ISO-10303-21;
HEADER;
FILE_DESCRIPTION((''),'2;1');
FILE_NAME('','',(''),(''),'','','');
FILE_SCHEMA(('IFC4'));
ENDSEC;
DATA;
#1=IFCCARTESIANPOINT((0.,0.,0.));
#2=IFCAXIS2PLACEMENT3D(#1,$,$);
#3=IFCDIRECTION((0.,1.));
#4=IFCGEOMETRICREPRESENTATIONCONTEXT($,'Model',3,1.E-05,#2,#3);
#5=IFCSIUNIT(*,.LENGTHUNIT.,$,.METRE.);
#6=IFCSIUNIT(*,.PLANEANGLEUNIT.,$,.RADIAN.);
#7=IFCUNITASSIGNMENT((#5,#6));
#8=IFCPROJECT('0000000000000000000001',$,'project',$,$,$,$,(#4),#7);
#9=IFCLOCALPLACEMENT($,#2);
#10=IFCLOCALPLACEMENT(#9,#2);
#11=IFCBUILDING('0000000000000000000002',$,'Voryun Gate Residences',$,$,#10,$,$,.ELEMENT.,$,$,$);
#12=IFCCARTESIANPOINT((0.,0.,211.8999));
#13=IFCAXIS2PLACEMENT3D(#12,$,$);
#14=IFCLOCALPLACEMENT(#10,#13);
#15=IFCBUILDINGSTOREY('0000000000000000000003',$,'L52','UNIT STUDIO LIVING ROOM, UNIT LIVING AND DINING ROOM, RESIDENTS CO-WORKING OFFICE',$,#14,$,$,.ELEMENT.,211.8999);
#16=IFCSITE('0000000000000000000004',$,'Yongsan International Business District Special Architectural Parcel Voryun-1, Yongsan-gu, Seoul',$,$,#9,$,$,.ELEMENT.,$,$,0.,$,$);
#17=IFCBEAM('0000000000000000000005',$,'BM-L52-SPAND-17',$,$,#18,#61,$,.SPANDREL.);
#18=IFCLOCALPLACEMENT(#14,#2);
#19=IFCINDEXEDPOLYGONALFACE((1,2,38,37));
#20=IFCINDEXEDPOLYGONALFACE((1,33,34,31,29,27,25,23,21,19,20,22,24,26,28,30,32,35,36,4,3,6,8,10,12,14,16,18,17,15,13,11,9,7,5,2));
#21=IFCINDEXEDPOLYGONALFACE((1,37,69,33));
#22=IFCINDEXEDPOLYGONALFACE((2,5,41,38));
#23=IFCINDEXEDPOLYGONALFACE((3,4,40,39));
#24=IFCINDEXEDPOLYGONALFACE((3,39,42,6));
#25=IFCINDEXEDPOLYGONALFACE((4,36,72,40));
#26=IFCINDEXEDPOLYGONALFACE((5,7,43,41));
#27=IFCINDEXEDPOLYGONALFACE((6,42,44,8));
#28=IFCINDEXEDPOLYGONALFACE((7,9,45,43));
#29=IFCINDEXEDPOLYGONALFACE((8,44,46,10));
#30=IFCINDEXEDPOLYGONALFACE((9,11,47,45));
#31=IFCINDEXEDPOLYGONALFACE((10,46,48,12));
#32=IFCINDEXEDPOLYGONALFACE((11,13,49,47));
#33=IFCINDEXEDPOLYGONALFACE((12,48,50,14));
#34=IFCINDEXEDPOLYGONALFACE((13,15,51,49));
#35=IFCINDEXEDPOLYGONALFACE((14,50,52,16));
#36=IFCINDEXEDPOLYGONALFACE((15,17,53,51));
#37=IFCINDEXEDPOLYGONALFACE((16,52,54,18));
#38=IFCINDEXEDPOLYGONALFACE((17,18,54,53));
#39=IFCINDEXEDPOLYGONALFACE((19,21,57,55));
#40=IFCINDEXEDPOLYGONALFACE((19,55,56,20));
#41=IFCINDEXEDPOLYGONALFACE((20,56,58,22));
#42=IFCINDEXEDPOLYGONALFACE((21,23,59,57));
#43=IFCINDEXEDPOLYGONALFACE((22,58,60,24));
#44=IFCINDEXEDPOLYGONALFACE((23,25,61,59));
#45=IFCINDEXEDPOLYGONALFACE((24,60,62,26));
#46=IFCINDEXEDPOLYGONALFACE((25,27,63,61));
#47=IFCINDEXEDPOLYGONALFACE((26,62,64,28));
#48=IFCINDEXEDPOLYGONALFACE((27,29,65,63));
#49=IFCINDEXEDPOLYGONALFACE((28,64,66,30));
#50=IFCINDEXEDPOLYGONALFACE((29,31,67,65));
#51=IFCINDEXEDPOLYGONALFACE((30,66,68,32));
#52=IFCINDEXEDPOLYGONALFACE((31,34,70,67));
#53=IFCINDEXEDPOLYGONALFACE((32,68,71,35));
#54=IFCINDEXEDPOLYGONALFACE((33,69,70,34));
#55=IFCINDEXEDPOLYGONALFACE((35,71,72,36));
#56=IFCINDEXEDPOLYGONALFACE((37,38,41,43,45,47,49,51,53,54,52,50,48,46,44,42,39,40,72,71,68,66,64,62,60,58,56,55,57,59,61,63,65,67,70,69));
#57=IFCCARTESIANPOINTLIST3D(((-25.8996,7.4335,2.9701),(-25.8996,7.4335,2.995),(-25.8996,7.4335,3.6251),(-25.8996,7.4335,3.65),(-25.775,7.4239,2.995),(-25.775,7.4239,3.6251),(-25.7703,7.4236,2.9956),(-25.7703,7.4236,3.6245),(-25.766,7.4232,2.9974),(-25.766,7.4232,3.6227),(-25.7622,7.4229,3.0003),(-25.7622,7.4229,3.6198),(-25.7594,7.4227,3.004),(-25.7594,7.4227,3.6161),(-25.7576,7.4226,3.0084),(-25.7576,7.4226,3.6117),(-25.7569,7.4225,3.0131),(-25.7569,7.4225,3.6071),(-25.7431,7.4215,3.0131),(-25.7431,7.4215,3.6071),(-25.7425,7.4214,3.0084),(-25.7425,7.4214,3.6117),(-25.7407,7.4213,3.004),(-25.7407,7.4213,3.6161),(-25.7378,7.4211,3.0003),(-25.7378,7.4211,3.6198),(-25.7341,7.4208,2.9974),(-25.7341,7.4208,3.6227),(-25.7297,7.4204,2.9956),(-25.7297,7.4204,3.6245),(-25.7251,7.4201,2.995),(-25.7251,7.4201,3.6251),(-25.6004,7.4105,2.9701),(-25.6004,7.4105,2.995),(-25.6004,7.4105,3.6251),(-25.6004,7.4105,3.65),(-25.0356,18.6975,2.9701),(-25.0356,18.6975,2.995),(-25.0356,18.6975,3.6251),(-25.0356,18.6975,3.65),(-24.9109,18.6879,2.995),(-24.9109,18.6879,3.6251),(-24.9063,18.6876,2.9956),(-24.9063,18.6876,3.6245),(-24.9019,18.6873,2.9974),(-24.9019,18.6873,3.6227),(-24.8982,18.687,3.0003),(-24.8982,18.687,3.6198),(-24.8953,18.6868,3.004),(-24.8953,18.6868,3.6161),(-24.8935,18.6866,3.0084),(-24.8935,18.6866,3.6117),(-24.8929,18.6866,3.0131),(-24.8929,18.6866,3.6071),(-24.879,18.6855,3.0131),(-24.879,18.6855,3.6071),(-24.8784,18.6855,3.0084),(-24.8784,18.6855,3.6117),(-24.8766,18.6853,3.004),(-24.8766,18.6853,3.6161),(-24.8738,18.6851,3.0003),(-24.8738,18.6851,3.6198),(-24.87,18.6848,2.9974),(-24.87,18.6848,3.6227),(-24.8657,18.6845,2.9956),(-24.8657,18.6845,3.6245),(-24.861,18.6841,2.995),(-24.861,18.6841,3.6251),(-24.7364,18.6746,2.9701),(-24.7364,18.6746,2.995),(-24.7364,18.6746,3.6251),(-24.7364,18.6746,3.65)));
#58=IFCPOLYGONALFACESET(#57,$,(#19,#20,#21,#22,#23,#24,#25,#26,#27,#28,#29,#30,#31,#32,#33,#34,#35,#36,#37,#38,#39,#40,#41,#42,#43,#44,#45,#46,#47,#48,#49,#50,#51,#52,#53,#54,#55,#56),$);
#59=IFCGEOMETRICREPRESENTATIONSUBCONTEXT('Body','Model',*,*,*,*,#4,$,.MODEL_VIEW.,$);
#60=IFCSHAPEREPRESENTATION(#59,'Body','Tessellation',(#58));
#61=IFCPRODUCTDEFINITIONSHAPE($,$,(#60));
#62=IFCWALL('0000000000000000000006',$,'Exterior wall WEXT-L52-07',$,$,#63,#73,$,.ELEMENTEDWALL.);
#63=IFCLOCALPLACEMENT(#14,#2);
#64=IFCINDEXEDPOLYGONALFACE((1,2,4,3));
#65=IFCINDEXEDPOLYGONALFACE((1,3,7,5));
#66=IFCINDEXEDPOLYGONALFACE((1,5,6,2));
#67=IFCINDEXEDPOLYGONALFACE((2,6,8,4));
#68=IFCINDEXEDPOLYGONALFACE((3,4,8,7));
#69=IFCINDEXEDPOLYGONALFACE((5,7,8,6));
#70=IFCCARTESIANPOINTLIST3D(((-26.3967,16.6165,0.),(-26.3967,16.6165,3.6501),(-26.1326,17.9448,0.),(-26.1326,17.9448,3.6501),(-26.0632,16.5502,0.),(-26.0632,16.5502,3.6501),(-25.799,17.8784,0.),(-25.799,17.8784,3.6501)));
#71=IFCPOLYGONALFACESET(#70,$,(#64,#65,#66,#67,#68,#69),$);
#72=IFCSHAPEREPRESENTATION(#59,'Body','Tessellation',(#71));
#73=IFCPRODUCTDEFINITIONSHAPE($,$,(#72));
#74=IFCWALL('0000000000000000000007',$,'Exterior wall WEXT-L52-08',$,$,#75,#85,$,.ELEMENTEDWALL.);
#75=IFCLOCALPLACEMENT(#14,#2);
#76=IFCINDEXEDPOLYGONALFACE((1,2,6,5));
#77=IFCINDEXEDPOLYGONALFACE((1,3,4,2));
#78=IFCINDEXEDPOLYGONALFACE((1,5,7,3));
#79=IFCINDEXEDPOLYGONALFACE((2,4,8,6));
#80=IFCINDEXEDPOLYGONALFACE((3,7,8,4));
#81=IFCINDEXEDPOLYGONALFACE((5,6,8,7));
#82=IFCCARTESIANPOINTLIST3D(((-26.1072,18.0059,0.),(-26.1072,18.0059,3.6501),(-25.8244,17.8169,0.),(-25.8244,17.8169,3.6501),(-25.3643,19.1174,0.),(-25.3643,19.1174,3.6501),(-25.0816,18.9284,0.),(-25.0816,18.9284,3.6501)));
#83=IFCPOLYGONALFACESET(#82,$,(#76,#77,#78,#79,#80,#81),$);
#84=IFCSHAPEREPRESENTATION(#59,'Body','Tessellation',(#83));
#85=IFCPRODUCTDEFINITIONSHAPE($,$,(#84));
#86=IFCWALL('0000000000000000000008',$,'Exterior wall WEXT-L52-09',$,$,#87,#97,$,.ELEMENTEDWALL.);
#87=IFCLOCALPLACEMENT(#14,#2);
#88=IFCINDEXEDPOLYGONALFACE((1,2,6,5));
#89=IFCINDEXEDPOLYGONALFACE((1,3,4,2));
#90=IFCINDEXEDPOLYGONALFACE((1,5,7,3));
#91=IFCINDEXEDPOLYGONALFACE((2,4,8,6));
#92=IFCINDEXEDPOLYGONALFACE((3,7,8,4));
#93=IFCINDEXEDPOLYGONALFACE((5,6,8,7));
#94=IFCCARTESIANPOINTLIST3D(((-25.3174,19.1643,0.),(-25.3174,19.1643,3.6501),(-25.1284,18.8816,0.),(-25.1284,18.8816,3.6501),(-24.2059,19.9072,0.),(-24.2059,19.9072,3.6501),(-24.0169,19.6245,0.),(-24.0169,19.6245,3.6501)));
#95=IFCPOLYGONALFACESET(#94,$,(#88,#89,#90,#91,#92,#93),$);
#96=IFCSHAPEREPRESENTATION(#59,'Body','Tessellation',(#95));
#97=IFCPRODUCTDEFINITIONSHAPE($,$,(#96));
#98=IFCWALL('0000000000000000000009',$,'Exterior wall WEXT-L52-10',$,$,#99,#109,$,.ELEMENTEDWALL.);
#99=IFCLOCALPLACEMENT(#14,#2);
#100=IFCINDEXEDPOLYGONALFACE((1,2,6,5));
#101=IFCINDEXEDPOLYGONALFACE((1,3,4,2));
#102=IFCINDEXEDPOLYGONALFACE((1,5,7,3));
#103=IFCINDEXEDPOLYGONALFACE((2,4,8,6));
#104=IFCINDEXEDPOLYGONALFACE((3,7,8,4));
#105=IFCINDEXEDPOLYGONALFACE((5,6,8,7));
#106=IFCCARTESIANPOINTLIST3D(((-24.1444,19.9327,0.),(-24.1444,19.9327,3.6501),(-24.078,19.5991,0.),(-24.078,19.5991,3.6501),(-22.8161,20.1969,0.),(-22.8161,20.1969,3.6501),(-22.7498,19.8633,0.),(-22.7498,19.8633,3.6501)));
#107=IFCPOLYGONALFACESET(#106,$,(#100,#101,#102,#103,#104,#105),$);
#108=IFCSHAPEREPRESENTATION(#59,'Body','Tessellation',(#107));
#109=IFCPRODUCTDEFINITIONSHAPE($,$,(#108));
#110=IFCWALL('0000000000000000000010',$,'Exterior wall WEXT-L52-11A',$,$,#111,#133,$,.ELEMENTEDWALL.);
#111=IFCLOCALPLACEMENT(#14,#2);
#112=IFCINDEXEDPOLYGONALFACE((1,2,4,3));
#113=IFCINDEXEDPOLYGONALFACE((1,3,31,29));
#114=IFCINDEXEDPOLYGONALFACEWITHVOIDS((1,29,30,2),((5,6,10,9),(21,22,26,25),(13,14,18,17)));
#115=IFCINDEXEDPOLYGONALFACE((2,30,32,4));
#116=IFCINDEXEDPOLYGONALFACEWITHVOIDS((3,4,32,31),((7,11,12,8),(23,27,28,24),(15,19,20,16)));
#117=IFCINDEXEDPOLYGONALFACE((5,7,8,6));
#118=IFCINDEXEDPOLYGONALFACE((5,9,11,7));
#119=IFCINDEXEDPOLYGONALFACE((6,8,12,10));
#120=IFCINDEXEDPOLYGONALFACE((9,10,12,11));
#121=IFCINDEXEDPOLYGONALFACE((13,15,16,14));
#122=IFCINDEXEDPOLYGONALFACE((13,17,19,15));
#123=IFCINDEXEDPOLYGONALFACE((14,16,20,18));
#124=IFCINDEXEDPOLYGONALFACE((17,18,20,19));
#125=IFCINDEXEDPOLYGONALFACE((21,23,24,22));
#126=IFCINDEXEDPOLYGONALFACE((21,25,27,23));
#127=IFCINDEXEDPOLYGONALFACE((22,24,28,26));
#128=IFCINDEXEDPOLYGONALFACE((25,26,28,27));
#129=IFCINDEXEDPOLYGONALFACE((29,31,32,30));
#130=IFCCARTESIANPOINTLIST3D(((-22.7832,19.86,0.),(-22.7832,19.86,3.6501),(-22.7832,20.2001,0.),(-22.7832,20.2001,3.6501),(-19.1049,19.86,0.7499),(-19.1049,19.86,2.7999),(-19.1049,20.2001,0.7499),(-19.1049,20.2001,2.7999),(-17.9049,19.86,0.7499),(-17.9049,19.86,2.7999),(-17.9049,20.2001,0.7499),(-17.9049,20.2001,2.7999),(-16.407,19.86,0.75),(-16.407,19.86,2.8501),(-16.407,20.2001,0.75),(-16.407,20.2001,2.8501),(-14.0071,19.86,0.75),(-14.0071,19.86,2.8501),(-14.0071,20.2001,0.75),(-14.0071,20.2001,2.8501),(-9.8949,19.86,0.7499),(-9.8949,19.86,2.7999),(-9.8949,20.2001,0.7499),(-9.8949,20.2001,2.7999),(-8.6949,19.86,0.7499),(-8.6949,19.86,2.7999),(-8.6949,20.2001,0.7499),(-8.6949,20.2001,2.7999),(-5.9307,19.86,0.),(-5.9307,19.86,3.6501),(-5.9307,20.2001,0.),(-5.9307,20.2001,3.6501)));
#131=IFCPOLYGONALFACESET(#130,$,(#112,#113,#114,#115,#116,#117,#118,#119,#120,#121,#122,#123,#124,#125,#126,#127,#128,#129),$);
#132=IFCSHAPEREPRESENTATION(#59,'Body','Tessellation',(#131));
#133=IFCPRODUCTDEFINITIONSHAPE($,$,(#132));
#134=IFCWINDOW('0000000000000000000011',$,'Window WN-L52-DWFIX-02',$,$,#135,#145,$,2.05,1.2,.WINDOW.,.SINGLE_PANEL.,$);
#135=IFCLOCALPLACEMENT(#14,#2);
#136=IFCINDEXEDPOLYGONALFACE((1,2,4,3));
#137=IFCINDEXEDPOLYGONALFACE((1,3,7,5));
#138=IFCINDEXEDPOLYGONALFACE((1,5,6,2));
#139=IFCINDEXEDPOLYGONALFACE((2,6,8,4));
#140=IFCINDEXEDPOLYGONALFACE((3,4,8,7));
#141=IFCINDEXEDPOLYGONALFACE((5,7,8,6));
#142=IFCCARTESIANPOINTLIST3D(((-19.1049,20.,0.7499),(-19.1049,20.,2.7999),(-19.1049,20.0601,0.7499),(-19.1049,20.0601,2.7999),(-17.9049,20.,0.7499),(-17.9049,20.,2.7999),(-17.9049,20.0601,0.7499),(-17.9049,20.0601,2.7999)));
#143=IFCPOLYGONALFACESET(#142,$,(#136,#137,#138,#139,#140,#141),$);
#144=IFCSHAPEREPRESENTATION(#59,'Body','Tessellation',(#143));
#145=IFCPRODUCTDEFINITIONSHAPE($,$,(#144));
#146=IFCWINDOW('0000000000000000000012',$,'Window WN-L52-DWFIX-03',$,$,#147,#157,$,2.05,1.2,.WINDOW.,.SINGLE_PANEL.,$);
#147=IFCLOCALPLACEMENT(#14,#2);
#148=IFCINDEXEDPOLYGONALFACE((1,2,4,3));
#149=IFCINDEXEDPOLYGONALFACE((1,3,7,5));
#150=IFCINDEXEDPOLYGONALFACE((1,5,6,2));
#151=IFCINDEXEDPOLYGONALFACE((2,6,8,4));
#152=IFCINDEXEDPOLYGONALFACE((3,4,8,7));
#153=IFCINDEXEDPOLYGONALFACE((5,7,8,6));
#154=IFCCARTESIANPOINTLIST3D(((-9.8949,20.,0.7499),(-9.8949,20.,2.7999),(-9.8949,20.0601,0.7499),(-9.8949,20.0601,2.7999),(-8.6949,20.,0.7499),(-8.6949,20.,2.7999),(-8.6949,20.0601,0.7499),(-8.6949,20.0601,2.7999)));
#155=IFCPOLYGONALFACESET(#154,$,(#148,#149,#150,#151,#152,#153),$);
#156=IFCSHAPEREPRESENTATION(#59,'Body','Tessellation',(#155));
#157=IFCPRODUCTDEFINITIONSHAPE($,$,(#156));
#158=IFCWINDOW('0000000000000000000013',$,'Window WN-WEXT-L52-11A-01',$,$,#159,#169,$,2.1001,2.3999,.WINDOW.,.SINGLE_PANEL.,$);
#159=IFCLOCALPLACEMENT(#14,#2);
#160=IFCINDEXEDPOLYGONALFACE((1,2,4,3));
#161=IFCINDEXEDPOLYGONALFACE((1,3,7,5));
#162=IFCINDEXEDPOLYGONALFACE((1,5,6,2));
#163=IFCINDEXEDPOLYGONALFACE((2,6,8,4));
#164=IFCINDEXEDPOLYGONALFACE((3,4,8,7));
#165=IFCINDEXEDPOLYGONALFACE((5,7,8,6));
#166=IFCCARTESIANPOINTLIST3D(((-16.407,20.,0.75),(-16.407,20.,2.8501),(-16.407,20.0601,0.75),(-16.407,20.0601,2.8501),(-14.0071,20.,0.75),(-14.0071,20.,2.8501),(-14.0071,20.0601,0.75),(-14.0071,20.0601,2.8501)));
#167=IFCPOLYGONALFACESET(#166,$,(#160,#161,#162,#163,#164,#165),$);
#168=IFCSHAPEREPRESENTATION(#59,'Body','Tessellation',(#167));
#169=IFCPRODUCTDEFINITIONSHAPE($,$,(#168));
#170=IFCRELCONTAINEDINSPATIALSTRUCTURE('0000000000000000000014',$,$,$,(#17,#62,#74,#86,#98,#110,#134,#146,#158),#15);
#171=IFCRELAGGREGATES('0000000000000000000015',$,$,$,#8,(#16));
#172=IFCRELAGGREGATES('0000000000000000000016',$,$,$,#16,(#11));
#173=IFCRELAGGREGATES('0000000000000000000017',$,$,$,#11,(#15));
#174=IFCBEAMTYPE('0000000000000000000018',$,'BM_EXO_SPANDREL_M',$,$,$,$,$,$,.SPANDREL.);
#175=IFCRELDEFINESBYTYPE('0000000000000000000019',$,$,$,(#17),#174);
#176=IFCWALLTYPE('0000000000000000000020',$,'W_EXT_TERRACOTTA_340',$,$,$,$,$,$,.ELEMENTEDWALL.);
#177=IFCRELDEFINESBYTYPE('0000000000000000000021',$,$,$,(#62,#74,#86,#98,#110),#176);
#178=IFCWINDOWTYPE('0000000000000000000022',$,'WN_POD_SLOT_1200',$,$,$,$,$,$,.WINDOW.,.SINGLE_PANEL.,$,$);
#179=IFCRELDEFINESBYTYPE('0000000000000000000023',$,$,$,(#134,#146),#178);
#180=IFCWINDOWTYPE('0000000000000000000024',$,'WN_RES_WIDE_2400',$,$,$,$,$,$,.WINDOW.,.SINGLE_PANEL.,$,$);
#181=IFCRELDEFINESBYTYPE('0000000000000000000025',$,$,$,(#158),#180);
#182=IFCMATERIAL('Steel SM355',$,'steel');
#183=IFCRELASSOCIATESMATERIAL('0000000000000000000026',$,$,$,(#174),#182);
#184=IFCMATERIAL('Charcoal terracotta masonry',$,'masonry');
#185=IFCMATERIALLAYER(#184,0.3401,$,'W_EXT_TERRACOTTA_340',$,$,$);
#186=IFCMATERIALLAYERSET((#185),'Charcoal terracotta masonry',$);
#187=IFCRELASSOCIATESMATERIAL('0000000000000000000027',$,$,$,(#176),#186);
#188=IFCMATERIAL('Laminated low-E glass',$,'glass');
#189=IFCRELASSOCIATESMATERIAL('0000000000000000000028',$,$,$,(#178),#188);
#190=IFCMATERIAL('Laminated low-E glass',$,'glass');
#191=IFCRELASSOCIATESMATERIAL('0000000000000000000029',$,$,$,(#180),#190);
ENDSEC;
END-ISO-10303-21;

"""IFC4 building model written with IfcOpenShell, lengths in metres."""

from ifc_helpers import new_model, si_unit, direction, frame, frame_2d, origin, origin_2d, place, context, subcontext, project, spatial, rectangle, i_section, extrude, material, layer, layer_set, material_profile, profile_set, type_object, element, fill, save


model = new_model("IFC4")

# Units and contexts
model_context = context("Model", 3, precision=1e-05, world=origin(), true_north=direction((0.0, 1.0)))
body_context = subcontext(model_context, "Body", "Model", "MODEL_VIEW")
ifc_project = project(units=[si_unit("LENGTHUNIT", "METRE"), si_unit("PLANEANGLEUNIT", "RADIAN")], contexts=[model_context])

# Site, building, storey
site_placement = place(None, origin())
site = spatial("IfcSite", under=ifc_project, at=site_placement, Name="Yongsan International Business District Special Architectural Parcel Voryun-1, Yongsan-gu, Seoul", CompositionType="ELEMENT", RefElevation=0.0)
building_placement = place(site_placement, origin())
building = spatial("IfcBuilding", under=site, at=building_placement, Name="Voryun Gate Residences", CompositionType="ELEMENT")
storey_placement = place(building_placement, frame((0.0, 0.0, 211.8999)))
storey = spatial("IfcBuildingStorey", under=building, at=storey_placement, Name="L52", Description="UNIT STUDIO LIVING ROOM, UNIT LIVING AND DINING ROOM, RESIDENTS CO-WORKING OFFICE", CompositionType="ELEMENT", Elevation=211.8999)

# Beam
ifc_material_1 = material(Name="Steel SM355", Category="steel")
ifc_material_profile_1 = material_profile(ifc_material_1, i_section(OverallWidth=0.3, OverallDepth=0.6799, WebThickness=0.0139, FlangeThickness=0.0249, FilletRadius=0.0181, at=origin_2d()), Name="H-680x300x14x25")
ifc_profile_set_1 = profile_set([ifc_material_profile_1], Name="Steel SM355")
beam_type = type_object("IfcBeamType", Name="BM_EXO_SPANDREL_M", PredefinedType="SPANDREL", material=ifc_profile_set_1)
beam_1_placement = place(storey_placement, frame((-24.886, 18.686, 3.3101), z_axis=(-0.076482, -0.997071, 0.0), x_axis=(0.997071, -0.076482, 0.0)))
element("IfcBeam", 1, at=beam_1_placement, inside=storey, type_object=beam_type, Name="BM-L52-SPAND-17", PredefinedType="SPANDREL", context=body_context, shape_type="SweptSolid", body=[
    extrude(i_section(OverallWidth=0.3, OverallDepth=0.6799, WebThickness=0.0139, FlangeThickness=0.0249, FilletRadius=0.0181, at=origin_2d()), origin(), (0.0, 0.0, 1.0), 11.2971),
])

# Walls
ifc_material_2 = material(Name="Charcoal terracotta masonry", Category="masonry")
ifc_layer_1 = layer(ifc_material_2, 0.3401, Name="W_EXT_TERRACOTTA_340")
ifc_layer_set_1 = layer_set([ifc_layer_1], Name="Charcoal terracotta masonry")
wall_type_1 = type_object("IfcWallType", Name="W_EXT_TERRACOTTA_340", PredefinedType="ELEMENTEDWALL", material=ifc_layer_set_1)
wall_1_placement = place(storey_placement, frame((-26.23, 16.5833, 0.0), z_axis=(0.0, 0.0, 1.0), x_axis=(0.195076, 0.980788, 0.0)))
element("IfcWall", 2, at=wall_1_placement, inside=storey, type_object=wall_type_1, Name="Exterior wall WEXT-L52-07", PredefinedType="ELEMENTEDWALL", context=body_context, shape_type="SweptSolid", body=[
    extrude(rectangle(XDim=1.3542, YDim=0.3401, at=frame_2d((0.6772, 0.0))), origin(), (0.0, 0.0, 1.0), 3.6501),
])
for number, where, z_axis, x_axis, name in (
    (3, (-25.9658, 17.9114, 0.0), (0.0, 0.0, 1.0), (0.555669, 0.831404, 0.0), "Exterior wall WEXT-L52-08"),
    (4, (-25.2229, 19.0229, 0.0), (0.0, 0.0, 1.0), (0.831404, 0.555669, 0.0), "Exterior wall WEXT-L52-09"),
):
    element("IfcWall", number, at=place(storey_placement, frame(where, z_axis=z_axis, x_axis=x_axis)), inside=storey, type_object=wall_type_1, Name=name, PredefinedType="ELEMENTEDWALL", context=body_context, shape_type="SweptSolid", body=[
        extrude(rectangle(XDim=1.3369, YDim=0.3401, at=frame_2d((0.6685, 0.0))), origin(), (0.0, 0.0, 1.0), 3.6501),
    ])
wall_2_placement = place(storey_placement, frame((-24.1113, 19.7659, 0.0), z_axis=(0.0, 0.0, 1.0), x_axis=(0.980788, 0.195076, 0.0)))
element("IfcWall", 5, at=wall_2_placement, inside=storey, type_object=wall_type_1, Name="Exterior wall WEXT-L52-10", PredefinedType="ELEMENTEDWALL", context=body_context, shape_type="SweptSolid", body=[
    extrude(rectangle(XDim=1.3542, YDim=0.3401, at=frame_2d((0.6772, 0.0))), origin(), (0.0, 0.0, 1.0), 3.6501),
])

# Wall, openings, windows
wall_3_placement = place(storey_placement, frame((-22.7832, 20.03, 0.0), z_axis=(0.0, 0.0, 1.0), x_axis=(1.0, 0.0, 0.0)))
wall_3 = element("IfcWall", 6, at=wall_3_placement, inside=storey, type_object=wall_type_1, Name="Exterior wall WEXT-L52-11A", PredefinedType="ELEMENTEDWALL", context=body_context, shape_type="SweptSolid", body=[
    extrude(rectangle(XDim=16.8525, YDim=0.3401, at=frame_2d((8.4263, 0.0))), origin(), (0.0, 0.0, 1.0), 3.6501),
])
opening_1_placement = place(wall_3_placement, frame((6.3762, 0.0, 0.75)))
opening_1 = element("IfcOpeningElement", 7, at=opening_1_placement, cuts=wall_3, PredefinedType="OPENING", context=body_context, shape_type="SweptSolid", body=[
    extrude(rectangle(XDim=2.3999, YDim=2.1001, at=frame_2d((1.2, 1.05))), frame((0.0, 0.1799, 0.0), z_axis=(0.0, -1.0, 0.0), x_axis=(1.0, 0.0, 0.0)), (0.0, 0.0, 1.0), 0.3601),
])
opening_2_placement = place(wall_3_placement, frame((3.6782, 0.0, 0.75)))
opening_2 = element("IfcOpeningElement", 8, at=opening_2_placement, cuts=wall_3, PredefinedType="OPENING", context=body_context, shape_type="SweptSolid", body=[
    extrude(rectangle(XDim=1.2, YDim=2.05, at=frame_2d((0.6001, 1.0249))), frame((0.0, 0.1799, 0.0), z_axis=(0.0, -1.0, 0.0), x_axis=(1.0, 0.0, 0.0)), (0.0, 0.0, 1.0), 0.3601),
])
opening_3_placement = place(wall_3_placement, frame((12.8882, 0.0, 0.75)))
opening_3 = element("IfcOpeningElement", 9, at=opening_3_placement, cuts=wall_3, PredefinedType="OPENING", context=body_context, shape_type="SweptSolid", body=[
    extrude(rectangle(XDim=1.2, YDim=2.05, at=frame_2d((0.6001, 1.0249))), frame((0.0, 0.1799, 0.0), z_axis=(0.0, -1.0, 0.0), x_axis=(1.0, 0.0, 0.0)), (0.0, 0.0, 1.0), 0.3601),
])
ifc_material_3 = material(Name="Laminated low-E glass", Category="glass")
window_type_1 = type_object("IfcWindowType", Name="WN_POD_SLOT_1200", PartitioningType="SINGLE_PANEL", PredefinedType="WINDOW", material=ifc_material_3)
window_1_placement = place(opening_2_placement, origin())
window_1 = element("IfcWindow", 10, at=window_1_placement, inside=storey, type_object=window_type_1, Name="Window WN-L52-DWFIX-02", OverallHeight=2.05, OverallWidth=1.2, PartitioningType="SINGLE_PANEL", PredefinedType="WINDOW", context=body_context, shape_type="SweptSolid", body=[
    extrude(rectangle(XDim=1.2, YDim=2.05, at=frame_2d((0.6001, 1.0249))), frame((0.0, 0.03, 0.0), z_axis=(0.0, -1.0, 0.0), x_axis=(1.0, 0.0, 0.0)), (0.0, 0.0, 1.0), 0.0601),
])
fill(opening_2, window_1)
window_2_placement = place(opening_3_placement, origin())
window_2 = element("IfcWindow", 11, at=window_2_placement, inside=storey, type_object=window_type_1, Name="Window WN-L52-DWFIX-03", OverallHeight=2.05, OverallWidth=1.2, PartitioningType="SINGLE_PANEL", PredefinedType="WINDOW", context=body_context, shape_type="SweptSolid", body=[
    extrude(rectangle(XDim=1.2, YDim=2.05, at=frame_2d((0.6001, 1.0249))), frame((0.0, 0.03, 0.0), z_axis=(0.0, -1.0, 0.0), x_axis=(1.0, 0.0, 0.0)), (0.0, 0.0, 1.0), 0.0601),
])
fill(opening_3, window_2)
ifc_material_4 = material(Name="Laminated low-E glass", Category="glass")
window_type_2 = type_object("IfcWindowType", Name="WN_RES_WIDE_2400", PartitioningType="SINGLE_PANEL", PredefinedType="WINDOW", material=ifc_material_4)
window_3_placement = place(opening_1_placement, origin())
window_3 = element("IfcWindow", 12, at=window_3_placement, inside=storey, type_object=window_type_2, Name="Window WN-WEXT-L52-11A-01", OverallHeight=2.1001, OverallWidth=2.3999, PartitioningType="SINGLE_PANEL", PredefinedType="WINDOW", context=body_context, shape_type="SweptSolid", body=[
    extrude(rectangle(XDim=2.3999, YDim=2.1001, at=frame_2d((1.2, 1.05))), frame((0.0, 0.03, 0.0), z_axis=(0.0, -1.0, 0.0), x_axis=(1.0, 0.0, 0.0)), (0.0, 0.0, 1.0), 0.0601),
])
fill(opening_1, window_3)

save(model, "model.ifc")
